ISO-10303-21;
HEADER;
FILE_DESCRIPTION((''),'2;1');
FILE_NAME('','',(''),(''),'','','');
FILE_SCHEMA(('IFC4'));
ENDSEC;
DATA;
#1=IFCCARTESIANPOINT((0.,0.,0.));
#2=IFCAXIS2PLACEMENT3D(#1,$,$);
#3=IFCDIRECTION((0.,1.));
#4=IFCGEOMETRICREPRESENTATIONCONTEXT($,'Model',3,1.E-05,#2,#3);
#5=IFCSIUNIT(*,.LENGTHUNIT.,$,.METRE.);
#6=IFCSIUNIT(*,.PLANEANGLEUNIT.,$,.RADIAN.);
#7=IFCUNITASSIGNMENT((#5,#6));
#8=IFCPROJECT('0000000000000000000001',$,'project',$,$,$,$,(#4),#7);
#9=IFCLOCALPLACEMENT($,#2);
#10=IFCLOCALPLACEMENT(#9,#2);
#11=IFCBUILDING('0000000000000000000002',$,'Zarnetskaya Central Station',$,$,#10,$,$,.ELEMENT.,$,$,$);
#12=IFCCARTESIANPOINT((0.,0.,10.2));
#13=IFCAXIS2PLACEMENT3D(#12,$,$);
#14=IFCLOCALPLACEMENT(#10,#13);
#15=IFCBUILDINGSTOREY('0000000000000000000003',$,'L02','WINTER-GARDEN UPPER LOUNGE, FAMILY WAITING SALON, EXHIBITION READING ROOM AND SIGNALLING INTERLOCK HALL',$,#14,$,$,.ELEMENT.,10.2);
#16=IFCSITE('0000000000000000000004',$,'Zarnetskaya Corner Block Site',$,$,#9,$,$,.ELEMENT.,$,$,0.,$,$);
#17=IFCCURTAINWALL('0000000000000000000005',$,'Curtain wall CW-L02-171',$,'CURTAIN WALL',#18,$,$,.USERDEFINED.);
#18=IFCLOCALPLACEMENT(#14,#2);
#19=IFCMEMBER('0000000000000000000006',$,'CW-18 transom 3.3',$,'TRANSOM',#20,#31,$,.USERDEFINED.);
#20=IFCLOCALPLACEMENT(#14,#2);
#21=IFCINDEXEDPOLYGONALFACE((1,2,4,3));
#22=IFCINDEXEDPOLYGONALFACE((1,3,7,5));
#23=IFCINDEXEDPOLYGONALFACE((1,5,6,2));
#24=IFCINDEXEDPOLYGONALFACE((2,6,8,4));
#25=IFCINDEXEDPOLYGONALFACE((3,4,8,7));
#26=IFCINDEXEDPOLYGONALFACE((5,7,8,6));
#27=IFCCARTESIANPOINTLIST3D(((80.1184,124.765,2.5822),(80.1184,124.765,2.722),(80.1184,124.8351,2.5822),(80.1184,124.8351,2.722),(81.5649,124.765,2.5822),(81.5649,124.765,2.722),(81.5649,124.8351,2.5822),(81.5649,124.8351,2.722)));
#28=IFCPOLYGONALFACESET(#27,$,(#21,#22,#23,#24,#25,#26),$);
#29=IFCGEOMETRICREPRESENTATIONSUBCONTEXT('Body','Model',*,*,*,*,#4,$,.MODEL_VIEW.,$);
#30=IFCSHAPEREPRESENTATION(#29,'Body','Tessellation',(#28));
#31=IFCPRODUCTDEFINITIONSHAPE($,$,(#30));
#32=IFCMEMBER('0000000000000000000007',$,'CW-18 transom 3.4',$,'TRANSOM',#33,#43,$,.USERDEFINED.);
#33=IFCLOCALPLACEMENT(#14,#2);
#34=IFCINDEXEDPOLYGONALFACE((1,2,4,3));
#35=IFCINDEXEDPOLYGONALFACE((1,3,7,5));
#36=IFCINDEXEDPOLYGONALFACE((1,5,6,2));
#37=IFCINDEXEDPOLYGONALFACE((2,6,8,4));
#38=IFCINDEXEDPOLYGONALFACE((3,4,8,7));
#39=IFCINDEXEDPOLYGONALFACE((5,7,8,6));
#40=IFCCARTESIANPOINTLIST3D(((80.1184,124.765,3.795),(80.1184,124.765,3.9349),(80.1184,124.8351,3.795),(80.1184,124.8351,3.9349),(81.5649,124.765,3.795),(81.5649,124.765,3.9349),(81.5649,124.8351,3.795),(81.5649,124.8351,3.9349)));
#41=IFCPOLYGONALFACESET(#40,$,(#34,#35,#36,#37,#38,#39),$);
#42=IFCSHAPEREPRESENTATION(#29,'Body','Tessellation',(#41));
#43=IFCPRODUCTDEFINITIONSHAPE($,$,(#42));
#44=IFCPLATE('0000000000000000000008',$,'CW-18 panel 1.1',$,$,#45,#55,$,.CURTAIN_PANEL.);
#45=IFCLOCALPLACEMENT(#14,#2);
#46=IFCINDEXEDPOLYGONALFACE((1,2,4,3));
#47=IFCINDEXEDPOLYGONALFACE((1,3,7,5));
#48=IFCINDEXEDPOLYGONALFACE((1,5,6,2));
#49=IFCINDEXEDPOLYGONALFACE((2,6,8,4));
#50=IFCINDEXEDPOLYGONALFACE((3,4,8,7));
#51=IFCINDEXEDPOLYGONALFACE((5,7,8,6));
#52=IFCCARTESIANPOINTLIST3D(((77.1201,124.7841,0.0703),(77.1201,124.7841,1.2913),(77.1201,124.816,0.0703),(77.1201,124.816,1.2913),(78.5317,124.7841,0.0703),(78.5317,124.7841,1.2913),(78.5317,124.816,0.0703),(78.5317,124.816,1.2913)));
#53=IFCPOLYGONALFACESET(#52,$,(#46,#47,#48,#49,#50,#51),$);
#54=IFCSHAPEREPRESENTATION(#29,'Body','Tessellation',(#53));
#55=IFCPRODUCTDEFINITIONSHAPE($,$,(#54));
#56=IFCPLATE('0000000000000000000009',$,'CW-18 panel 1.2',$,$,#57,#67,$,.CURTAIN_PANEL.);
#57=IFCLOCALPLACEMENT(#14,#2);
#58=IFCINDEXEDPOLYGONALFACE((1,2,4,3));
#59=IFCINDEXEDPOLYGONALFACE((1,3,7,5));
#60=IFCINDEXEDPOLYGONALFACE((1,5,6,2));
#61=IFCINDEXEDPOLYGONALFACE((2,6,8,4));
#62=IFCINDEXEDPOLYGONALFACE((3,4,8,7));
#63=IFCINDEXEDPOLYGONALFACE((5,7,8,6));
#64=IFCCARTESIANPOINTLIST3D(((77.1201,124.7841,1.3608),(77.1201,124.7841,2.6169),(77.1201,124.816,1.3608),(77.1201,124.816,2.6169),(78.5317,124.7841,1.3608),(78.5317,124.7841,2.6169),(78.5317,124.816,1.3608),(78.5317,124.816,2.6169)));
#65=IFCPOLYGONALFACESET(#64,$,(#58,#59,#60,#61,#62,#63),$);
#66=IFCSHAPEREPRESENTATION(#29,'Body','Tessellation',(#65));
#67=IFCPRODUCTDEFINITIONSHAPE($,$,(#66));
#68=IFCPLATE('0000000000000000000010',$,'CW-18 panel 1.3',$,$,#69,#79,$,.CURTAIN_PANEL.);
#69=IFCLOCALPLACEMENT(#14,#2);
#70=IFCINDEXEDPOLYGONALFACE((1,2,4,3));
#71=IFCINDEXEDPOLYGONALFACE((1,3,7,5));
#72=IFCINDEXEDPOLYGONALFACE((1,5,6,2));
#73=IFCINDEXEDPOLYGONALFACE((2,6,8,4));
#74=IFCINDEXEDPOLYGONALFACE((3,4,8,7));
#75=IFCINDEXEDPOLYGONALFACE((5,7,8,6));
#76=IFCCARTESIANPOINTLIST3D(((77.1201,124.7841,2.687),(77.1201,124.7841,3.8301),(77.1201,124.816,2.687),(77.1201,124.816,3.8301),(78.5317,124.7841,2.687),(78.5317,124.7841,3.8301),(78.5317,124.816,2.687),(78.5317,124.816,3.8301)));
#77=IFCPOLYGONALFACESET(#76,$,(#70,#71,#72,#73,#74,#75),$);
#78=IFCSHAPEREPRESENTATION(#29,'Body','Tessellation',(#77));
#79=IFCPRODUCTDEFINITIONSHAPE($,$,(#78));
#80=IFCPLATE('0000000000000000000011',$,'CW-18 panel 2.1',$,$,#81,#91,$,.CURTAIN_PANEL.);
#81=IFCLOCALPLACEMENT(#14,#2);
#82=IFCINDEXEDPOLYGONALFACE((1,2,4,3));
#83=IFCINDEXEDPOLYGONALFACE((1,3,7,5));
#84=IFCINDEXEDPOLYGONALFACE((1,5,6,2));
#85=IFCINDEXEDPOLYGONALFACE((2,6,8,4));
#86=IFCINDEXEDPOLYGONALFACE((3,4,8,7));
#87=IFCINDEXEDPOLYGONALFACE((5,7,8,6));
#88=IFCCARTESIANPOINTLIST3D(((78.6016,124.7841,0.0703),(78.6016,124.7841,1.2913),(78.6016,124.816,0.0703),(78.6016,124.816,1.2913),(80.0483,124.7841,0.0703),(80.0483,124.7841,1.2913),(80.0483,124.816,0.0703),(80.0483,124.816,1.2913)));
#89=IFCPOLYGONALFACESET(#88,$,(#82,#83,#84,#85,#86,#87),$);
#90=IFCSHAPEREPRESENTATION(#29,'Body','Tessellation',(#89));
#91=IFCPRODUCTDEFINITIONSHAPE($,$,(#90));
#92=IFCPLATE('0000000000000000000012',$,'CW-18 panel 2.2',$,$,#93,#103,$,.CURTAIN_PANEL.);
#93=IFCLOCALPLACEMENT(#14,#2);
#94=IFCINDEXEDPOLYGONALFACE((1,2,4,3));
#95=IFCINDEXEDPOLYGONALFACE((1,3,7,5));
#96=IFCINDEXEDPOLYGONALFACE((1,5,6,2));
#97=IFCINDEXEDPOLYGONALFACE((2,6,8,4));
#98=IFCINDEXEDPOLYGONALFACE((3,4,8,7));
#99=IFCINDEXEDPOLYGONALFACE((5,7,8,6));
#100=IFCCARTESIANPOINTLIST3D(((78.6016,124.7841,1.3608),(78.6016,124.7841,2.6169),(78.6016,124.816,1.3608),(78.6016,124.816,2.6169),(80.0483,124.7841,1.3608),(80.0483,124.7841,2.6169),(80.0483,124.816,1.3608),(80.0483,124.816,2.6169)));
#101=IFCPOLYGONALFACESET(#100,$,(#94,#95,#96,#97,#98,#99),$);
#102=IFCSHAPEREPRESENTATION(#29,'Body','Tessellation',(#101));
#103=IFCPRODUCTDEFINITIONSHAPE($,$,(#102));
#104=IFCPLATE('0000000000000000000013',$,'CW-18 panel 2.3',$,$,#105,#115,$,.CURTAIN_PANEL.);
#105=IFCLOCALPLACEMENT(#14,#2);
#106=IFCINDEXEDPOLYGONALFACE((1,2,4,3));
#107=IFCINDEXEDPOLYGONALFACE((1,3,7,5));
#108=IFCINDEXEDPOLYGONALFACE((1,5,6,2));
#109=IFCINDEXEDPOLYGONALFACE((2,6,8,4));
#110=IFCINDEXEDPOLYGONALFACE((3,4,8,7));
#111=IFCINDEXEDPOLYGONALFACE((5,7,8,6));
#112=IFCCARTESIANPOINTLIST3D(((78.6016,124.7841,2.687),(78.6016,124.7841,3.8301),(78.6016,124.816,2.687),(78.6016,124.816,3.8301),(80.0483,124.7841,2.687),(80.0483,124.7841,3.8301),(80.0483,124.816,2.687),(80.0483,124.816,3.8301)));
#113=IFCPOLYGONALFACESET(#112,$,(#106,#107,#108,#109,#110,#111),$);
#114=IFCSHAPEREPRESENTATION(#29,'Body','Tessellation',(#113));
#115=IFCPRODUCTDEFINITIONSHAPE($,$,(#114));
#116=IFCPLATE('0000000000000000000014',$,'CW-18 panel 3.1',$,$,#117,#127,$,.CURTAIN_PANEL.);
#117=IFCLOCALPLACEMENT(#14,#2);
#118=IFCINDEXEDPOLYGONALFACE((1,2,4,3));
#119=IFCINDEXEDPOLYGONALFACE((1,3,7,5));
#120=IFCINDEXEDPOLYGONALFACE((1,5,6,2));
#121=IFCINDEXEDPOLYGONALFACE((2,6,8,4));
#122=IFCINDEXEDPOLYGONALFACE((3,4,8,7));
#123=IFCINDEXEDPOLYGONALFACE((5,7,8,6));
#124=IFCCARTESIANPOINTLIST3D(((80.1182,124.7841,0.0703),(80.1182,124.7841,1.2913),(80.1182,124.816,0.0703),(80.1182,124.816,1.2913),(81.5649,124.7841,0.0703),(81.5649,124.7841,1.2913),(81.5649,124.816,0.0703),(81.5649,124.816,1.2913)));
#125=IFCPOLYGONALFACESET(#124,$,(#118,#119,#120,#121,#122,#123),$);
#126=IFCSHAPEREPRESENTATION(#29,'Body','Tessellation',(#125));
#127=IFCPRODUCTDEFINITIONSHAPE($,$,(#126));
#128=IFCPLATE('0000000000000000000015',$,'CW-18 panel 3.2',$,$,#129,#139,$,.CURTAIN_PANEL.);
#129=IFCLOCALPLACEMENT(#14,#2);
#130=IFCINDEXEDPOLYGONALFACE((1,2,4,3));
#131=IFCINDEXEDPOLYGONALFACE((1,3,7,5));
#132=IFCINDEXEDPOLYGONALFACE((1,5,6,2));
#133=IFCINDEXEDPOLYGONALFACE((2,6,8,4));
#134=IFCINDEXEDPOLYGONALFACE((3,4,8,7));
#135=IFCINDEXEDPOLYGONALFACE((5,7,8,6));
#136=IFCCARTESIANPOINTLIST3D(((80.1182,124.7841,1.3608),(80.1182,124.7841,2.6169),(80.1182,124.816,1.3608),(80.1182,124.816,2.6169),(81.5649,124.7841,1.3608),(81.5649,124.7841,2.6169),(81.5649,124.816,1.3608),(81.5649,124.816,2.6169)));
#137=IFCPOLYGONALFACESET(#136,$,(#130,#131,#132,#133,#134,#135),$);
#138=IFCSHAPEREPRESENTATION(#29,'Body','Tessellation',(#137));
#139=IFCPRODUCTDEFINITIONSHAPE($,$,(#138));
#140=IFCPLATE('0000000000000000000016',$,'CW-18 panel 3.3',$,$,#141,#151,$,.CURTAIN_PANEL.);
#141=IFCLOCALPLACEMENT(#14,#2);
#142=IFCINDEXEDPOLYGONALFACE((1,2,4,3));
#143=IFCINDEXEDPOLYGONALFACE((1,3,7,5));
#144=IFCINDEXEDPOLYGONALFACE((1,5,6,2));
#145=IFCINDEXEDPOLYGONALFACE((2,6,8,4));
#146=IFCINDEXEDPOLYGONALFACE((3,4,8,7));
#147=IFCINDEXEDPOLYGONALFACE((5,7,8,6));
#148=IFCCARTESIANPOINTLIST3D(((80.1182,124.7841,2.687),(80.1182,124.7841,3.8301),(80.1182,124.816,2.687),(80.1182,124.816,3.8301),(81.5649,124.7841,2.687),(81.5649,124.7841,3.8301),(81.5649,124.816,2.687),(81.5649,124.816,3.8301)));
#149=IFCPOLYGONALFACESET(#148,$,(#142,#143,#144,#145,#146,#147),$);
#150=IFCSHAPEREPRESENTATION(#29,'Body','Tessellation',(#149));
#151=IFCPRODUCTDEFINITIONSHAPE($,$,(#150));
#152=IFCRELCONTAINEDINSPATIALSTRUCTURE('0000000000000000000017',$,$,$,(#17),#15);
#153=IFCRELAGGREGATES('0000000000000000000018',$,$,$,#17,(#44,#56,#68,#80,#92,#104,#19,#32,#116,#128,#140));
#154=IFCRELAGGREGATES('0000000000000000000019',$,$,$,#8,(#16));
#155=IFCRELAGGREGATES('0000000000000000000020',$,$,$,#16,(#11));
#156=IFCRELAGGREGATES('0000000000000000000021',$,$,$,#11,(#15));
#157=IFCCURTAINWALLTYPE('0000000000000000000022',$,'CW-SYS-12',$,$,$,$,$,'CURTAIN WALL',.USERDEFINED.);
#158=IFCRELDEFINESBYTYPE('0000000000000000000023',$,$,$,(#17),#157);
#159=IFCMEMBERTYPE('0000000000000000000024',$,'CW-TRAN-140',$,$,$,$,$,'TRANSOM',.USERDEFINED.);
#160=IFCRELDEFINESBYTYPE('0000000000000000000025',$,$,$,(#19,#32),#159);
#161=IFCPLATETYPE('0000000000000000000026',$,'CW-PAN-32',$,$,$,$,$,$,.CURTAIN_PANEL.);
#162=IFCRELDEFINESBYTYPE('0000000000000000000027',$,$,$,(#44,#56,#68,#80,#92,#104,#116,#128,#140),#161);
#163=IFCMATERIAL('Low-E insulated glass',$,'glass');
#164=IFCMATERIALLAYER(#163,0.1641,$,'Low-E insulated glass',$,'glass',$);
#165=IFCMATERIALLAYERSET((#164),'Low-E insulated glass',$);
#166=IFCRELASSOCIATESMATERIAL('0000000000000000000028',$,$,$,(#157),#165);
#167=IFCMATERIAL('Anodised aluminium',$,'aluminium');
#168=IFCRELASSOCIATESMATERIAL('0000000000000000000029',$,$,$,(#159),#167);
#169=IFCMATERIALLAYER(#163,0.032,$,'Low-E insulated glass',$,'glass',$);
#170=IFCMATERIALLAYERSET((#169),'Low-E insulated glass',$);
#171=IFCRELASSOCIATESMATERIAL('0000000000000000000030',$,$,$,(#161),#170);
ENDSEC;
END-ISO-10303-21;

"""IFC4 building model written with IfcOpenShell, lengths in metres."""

from ifc_helpers import new_model, si_unit, direction, frame, origin, origin_2d, place, context, subcontext, project, spatial, rectangle, extrude, material, layer, layer_set, material_profile, profile_set, type_object, element, aggregate, save


model = new_model("IFC4")

# Units and contexts
model_context = context("Model", 3, precision=1e-05, world=origin(), true_north=direction((0.0, 1.0)))
body_context = subcontext(model_context, "Body", "Model", "MODEL_VIEW")
ifc_project = project(units=[si_unit("LENGTHUNIT", "METRE"), si_unit("PLANEANGLEUNIT", "RADIAN")], contexts=[model_context])

# Site, building, storey
site_placement = place(None, origin())
site = spatial("IfcSite", under=ifc_project, at=site_placement, Name="Zarnetskaya Corner Block Site", CompositionType="ELEMENT", RefElevation=0.0)
building_placement = place(site_placement, origin())
building = spatial("IfcBuilding", under=site, at=building_placement, Name="Zarnetskaya Central Station", CompositionType="ELEMENT")
storey_placement = place(building_placement, frame((0.0, 0.0, 10.2)))
storey = spatial("IfcBuildingStorey", under=building, at=storey_placement, Name="L02", Description="WINTER-GARDEN UPPER LOUNGE, FAMILY WAITING SALON, EXHIBITION READING ROOM AND SIGNALLING INTERLOCK HALL", CompositionType="ELEMENT", Elevation=10.2)

# Curtain wall, members, plates
ifc_material_1 = material(Name="Low-E insulated glass", Category="glass")
ifc_layer_1 = layer(ifc_material_1, 0.1641, Name="Low-E insulated glass", Category="glass")
ifc_layer_set_1 = layer_set([ifc_layer_1], Name="Low-E insulated glass")
curtain_wall_type = type_object("IfcCurtainWallType", Name="CW-SYS-12", ElementType="CURTAIN WALL", PredefinedType="USERDEFINED", material=ifc_layer_set_1)
curtain_wall_placement = place(storey_placement, origin())
curtain_wall = element("IfcCurtainWall", 1, at=curtain_wall_placement, inside=storey, type_object=curtain_wall_type, Name="Curtain wall CW-L02-171", ObjectType="CURTAIN WALL", PredefinedType="USERDEFINED")
ifc_material_2 = material(Name="Anodised aluminium", Category="aluminium")
ifc_material_profile_1 = material_profile(ifc_material_2, rectangle(XDim=0.0701, YDim=0.1399, at=origin_2d()), Name="ALU TRAN 70x140")
ifc_profile_set_1 = profile_set([ifc_material_profile_1], Name="Anodised aluminium")
member_type_1 = type_object("IfcMemberType", Name="CW-TRAN-140", ElementType="TRANSOM", PredefinedType="USERDEFINED", material=ifc_profile_set_1)
member_1_placement = place(storey_placement, frame((80.1184, 124.8, 2.6521), z_axis=(1.0, 0.0, 0.0), x_axis=(0.0, 1.0, 0.0)))
member_1 = element("IfcMember", 2, at=member_1_placement, type_object=member_type_1, Name="CW-18 transom 3.3", ObjectType="TRANSOM", PredefinedType="USERDEFINED", context=body_context, shape_type="SweptSolid", body=[
    extrude(rectangle(XDim=0.0701, YDim=0.1399, at=origin_2d()), origin(), (0.0, 0.0, 1.0), 1.4465),
])
member_2_placement = place(storey_placement, frame((80.1184, 124.8, 3.865), z_axis=(1.0, 0.0, 0.0), x_axis=(0.0, 1.0, 0.0)))
member_2 = element("IfcMember", 3, at=member_2_placement, type_object=member_type_1, Name="CW-18 transom 3.4", ObjectType="TRANSOM", PredefinedType="USERDEFINED", context=body_context, shape_type="SweptSolid", body=[
    extrude(rectangle(XDim=0.0701, YDim=0.1399, at=origin_2d()), origin(), (0.0, 0.0, 1.0), 1.4465),
])
ifc_layer_2 = layer(ifc_material_1, 0.032, Name="Low-E insulated glass", Category="glass")
ifc_layer_set_2 = layer_set([ifc_layer_2], Name="Low-E insulated glass")
plate_type = type_object("IfcPlateType", Name="CW-PAN-32", PredefinedType="CURTAIN_PANEL", material=ifc_layer_set_2)
plate_1_placement = place(storey_placement, frame((77.8259, 124.8, 0.0703), z_axis=(0.0, 0.0, 1.0), x_axis=(1.0, 0.0, 0.0)))
plate_1 = element("IfcPlate", 4, at=plate_1_placement, type_object=plate_type, Name="CW-18 panel 1.1", PredefinedType="CURTAIN_PANEL", context=body_context, shape_type="SweptSolid", body=[
    extrude(rectangle(XDim=1.4116, YDim=0.032, at=origin_2d()), origin(), (0.0, 0.0, 1.0), 1.2209),
])
plate_2_placement = place(storey_placement, frame((77.8259, 124.8, 1.3608), z_axis=(0.0, 0.0, 1.0), x_axis=(1.0, 0.0, 0.0)))
plate_2 = element("IfcPlate", 5, at=plate_2_placement, type_object=plate_type, Name="CW-18 panel 1.2", PredefinedType="CURTAIN_PANEL", context=body_context, shape_type="SweptSolid", body=[
    extrude(rectangle(XDim=1.4116, YDim=0.032, at=origin_2d()), origin(), (0.0, 0.0, 1.0), 1.2561),
])
plate_3_placement = place(storey_placement, frame((77.8259, 124.8, 2.687), z_axis=(0.0, 0.0, 1.0), x_axis=(1.0, 0.0, 0.0)))
plate_3 = element("IfcPlate", 6, at=plate_3_placement, type_object=plate_type, Name="CW-18 panel 1.3", PredefinedType="CURTAIN_PANEL", context=body_context, shape_type="SweptSolid", body=[
    extrude(rectangle(XDim=1.4116, YDim=0.032, at=origin_2d()), origin(), (0.0, 0.0, 1.0), 1.1431),
])
plate_4_placement = place(storey_placement, frame((79.325, 124.8, 0.0703), z_axis=(0.0, 0.0, 1.0), x_axis=(1.0, 0.0, 0.0)))
plate_4 = element("IfcPlate", 7, at=plate_4_placement, type_object=plate_type, Name="CW-18 panel 2.1", PredefinedType="CURTAIN_PANEL", context=body_context, shape_type="SweptSolid", body=[
    extrude(rectangle(XDim=1.4468, YDim=0.032, at=origin_2d()), origin(), (0.0, 0.0, 1.0), 1.2209),
])
plate_5_placement = place(storey_placement, frame((79.325, 124.8, 1.3608), z_axis=(0.0, 0.0, 1.0), x_axis=(1.0, 0.0, 0.0)))
plate_5 = element("IfcPlate", 8, at=plate_5_placement, type_object=plate_type, Name="CW-18 panel 2.2", PredefinedType="CURTAIN_PANEL", context=body_context, shape_type="SweptSolid", body=[
    extrude(rectangle(XDim=1.4468, YDim=0.032, at=origin_2d()), origin(), (0.0, 0.0, 1.0), 1.2561),
])
plate_6_placement = place(storey_placement, frame((79.325, 124.8, 2.687), z_axis=(0.0, 0.0, 1.0), x_axis=(1.0, 0.0, 0.0)))
plate_6 = element("IfcPlate", 9, at=plate_6_placement, type_object=plate_type, Name="CW-18 panel 2.3", PredefinedType="CURTAIN_PANEL", context=body_context, shape_type="SweptSolid", body=[
    extrude(rectangle(XDim=1.4468, YDim=0.032, at=origin_2d()), origin(), (0.0, 0.0, 1.0), 1.1431),
])
plate_7_placement = place(storey_placement, frame((80.8416, 124.8, 0.0703), z_axis=(0.0, 0.0, 1.0), x_axis=(1.0, 0.0, 0.0)))
plate_7 = element("IfcPlate", 10, at=plate_7_placement, type_object=plate_type, Name="CW-18 panel 3.1", PredefinedType="CURTAIN_PANEL", context=body_context, shape_type="SweptSolid", body=[
    extrude(rectangle(XDim=1.4468, YDim=0.032, at=origin_2d()), origin(), (0.0, 0.0, 1.0), 1.2209),
])
plate_8_placement = place(storey_placement, frame((80.8416, 124.8, 1.3608), z_axis=(0.0, 0.0, 1.0), x_axis=(1.0, 0.0, 0.0)))
plate_8 = element("IfcPlate", 11, at=plate_8_placement, type_object=plate_type, Name="CW-18 panel 3.2", PredefinedType="CURTAIN_PANEL", context=body_context, shape_type="SweptSolid", body=[
    extrude(rectangle(XDim=1.4468, YDim=0.032, at=origin_2d()), origin(), (0.0, 0.0, 1.0), 1.2561),
])
plate_9_placement = place(storey_placement, frame((80.8416, 124.8, 2.687), z_axis=(0.0, 0.0, 1.0), x_axis=(1.0, 0.0, 0.0)))
plate_9 = element("IfcPlate", 12, at=plate_9_placement, type_object=plate_type, Name="CW-18 panel 3.3", PredefinedType="CURTAIN_PANEL", context=body_context, shape_type="SweptSolid", body=[
    extrude(rectangle(XDim=1.4468, YDim=0.032, at=origin_2d()), origin(), (0.0, 0.0, 1.0), 1.1431),
])
aggregate(curtain_wall, [plate_1, plate_2, plate_3, plate_4, plate_5, plate_6, member_1, member_2, plate_7, plate_8, plate_9])

save(model, "model.ifc")
